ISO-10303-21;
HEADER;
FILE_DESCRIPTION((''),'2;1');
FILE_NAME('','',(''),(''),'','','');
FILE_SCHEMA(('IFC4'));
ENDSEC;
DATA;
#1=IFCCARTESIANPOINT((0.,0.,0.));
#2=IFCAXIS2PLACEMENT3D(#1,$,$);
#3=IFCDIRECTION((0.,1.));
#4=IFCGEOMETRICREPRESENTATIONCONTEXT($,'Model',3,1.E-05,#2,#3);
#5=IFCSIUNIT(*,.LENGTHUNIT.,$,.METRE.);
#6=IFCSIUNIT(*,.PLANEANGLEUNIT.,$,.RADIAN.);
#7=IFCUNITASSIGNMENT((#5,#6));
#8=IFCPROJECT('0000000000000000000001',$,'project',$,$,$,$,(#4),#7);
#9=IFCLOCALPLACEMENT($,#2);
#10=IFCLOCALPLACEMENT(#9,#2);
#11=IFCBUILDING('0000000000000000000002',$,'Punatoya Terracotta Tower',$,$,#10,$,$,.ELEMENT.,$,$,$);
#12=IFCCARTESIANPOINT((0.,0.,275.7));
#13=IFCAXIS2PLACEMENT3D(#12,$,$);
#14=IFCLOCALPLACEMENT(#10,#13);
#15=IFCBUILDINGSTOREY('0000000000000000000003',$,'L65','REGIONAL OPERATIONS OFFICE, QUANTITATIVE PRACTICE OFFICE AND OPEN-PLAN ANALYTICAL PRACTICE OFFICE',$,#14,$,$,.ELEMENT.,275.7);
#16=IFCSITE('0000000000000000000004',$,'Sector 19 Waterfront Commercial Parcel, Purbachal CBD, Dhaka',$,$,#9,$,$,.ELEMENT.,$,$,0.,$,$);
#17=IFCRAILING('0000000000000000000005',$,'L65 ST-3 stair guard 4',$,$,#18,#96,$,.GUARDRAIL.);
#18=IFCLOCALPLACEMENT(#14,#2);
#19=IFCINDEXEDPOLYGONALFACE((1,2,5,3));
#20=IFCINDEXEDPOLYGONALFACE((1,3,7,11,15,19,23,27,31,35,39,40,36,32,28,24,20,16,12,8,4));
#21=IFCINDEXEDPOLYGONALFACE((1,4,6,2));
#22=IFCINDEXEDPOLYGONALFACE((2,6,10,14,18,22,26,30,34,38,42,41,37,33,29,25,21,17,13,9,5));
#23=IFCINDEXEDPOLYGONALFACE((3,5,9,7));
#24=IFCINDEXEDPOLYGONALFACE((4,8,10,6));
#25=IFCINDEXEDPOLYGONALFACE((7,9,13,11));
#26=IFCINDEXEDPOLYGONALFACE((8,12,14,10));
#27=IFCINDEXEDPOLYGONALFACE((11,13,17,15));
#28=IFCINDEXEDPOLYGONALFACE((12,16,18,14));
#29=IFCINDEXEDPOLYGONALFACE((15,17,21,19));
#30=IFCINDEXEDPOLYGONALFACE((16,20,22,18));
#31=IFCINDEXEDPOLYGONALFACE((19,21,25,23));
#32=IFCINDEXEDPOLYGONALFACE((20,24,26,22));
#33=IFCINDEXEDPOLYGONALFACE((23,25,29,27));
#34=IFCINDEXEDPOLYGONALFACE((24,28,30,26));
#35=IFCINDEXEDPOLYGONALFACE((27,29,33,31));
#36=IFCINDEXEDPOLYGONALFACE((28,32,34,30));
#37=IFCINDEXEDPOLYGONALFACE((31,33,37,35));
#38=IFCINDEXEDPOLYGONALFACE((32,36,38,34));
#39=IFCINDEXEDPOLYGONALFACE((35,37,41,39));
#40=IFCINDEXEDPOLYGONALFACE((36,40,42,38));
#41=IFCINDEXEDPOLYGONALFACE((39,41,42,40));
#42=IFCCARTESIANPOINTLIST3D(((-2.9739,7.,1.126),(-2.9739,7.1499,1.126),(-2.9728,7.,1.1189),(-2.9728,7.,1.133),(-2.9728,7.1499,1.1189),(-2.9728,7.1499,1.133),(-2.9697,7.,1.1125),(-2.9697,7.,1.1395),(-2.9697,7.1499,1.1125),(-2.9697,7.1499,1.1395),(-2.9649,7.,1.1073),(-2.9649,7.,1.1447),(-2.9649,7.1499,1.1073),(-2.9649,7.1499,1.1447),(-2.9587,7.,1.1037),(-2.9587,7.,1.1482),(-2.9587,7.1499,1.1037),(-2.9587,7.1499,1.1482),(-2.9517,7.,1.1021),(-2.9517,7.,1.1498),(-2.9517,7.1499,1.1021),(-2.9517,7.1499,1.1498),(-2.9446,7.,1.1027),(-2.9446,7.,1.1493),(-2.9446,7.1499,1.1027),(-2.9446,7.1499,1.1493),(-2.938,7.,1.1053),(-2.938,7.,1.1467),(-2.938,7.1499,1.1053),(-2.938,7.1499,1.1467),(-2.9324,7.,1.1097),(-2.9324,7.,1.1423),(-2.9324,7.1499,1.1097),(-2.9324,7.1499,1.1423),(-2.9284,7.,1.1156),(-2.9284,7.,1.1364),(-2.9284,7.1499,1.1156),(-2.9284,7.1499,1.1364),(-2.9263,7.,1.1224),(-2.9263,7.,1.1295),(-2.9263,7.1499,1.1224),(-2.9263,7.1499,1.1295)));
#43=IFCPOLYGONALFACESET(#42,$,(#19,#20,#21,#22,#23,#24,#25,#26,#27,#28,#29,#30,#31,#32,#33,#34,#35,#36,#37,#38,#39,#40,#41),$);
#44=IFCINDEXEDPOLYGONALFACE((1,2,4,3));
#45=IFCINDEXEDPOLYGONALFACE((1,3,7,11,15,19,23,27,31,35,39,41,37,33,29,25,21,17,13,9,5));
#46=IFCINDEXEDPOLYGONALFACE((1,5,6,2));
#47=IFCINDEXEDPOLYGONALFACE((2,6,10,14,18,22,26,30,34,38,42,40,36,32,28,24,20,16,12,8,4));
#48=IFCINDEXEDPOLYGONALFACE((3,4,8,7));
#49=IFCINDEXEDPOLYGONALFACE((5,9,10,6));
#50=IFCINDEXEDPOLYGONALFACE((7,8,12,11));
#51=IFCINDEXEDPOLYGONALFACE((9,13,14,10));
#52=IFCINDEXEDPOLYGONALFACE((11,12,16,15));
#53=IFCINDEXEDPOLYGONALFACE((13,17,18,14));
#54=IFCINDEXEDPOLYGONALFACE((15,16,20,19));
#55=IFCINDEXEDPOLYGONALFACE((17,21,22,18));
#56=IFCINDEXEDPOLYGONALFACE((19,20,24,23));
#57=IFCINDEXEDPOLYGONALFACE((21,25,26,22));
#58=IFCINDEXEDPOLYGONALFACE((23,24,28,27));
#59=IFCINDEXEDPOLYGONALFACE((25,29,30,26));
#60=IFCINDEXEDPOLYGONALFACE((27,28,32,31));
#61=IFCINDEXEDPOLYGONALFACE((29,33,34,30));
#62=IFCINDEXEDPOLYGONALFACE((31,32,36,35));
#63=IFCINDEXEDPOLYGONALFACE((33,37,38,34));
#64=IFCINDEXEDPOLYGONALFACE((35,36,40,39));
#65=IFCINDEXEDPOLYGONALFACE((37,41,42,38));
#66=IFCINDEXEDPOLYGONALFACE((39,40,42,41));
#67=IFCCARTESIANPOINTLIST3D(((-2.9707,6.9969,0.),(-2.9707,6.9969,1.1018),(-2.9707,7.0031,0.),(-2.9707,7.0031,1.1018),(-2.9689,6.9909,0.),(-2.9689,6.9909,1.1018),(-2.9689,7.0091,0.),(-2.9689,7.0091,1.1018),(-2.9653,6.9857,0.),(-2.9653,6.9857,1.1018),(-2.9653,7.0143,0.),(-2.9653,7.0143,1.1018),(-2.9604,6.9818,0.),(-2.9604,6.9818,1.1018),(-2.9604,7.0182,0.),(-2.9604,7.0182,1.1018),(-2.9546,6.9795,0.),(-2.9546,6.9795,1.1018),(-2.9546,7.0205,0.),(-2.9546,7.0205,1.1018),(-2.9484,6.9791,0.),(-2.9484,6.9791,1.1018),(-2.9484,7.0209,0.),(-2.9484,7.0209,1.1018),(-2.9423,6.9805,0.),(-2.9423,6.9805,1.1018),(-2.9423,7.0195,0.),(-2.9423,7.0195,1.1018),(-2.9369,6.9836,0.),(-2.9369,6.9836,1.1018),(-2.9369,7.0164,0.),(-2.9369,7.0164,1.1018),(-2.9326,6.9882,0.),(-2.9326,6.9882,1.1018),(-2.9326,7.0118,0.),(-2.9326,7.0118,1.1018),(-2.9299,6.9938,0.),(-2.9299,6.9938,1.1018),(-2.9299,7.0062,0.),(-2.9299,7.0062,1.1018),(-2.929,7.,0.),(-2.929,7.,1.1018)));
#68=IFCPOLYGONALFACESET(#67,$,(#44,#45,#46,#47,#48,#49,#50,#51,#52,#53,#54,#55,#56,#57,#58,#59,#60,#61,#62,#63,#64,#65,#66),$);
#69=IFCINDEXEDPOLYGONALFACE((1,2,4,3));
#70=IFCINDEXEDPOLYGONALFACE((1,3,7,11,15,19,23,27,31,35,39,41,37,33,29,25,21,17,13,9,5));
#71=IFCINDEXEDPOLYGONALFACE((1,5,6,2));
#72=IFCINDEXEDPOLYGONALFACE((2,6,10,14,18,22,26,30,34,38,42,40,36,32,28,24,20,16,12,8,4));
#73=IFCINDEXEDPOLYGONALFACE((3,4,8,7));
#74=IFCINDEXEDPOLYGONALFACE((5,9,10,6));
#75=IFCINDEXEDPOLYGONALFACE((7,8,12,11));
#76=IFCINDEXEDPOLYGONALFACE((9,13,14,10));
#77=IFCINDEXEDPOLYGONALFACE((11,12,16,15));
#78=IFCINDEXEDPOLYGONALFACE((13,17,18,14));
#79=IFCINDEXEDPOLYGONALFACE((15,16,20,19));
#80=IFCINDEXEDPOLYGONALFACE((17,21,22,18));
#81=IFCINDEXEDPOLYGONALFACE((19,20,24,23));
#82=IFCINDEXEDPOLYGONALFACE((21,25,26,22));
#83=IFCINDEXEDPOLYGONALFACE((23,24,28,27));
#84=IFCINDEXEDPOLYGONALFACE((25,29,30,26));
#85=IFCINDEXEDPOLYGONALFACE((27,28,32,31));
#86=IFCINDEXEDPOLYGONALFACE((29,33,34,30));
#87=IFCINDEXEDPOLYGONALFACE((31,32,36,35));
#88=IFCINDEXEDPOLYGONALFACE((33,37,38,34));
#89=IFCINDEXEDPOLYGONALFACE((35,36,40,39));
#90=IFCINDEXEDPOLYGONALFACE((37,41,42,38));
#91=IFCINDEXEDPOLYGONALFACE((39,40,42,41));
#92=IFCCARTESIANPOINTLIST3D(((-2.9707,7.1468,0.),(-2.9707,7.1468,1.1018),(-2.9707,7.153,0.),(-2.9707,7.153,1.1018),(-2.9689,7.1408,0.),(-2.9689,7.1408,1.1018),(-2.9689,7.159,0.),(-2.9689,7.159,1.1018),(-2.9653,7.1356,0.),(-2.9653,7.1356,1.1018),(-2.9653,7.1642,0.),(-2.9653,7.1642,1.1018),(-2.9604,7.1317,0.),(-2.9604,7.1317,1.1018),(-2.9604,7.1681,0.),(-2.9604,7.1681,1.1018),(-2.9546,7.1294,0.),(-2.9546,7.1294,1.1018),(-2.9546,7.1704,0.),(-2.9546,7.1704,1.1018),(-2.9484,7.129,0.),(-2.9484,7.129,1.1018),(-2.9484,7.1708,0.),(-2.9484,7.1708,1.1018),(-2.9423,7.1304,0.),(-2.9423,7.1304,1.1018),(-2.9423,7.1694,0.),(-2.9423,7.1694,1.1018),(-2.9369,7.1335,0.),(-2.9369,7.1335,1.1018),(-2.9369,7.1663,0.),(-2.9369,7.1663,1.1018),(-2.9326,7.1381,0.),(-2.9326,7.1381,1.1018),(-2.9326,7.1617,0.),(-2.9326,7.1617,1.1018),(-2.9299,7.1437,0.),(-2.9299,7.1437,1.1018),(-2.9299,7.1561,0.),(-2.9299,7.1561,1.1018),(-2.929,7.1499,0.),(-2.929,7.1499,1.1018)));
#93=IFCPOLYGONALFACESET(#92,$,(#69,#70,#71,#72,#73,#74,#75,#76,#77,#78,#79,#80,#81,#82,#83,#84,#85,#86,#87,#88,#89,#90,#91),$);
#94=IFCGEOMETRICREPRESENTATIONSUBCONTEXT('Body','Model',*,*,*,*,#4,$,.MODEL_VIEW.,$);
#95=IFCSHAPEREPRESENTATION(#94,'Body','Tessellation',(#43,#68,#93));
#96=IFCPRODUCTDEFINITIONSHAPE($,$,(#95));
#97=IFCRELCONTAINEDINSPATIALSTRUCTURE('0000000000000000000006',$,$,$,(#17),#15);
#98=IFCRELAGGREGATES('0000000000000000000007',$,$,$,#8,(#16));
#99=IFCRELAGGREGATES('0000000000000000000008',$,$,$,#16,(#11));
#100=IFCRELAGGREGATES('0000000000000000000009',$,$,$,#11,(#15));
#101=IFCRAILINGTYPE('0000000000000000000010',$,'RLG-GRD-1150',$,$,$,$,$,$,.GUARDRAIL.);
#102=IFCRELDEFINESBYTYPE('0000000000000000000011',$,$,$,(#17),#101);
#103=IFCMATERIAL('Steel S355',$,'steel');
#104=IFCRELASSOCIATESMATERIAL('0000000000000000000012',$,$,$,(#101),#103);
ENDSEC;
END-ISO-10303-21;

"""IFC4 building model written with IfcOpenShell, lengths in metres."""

from ifc_helpers import new_model, si_unit, direction, frame, origin, origin_2d, place, context, subcontext, project, spatial, circle, extrude, material, type_object, element, save


model = new_model("IFC4")

# Units and contexts
model_context = context("Model", 3, precision=1e-05, world=origin(), true_north=direction((0.0, 1.0)))
body_context = subcontext(model_context, "Body", "Model", "MODEL_VIEW")
ifc_project = project(units=[si_unit("LENGTHUNIT", "METRE"), si_unit("PLANEANGLEUNIT", "RADIAN")], contexts=[model_context])

# Site, building, storey
site_placement = place(None, origin())
site = spatial("IfcSite", under=ifc_project, at=site_placement, Name="Sector 19 Waterfront Commercial Parcel, Purbachal CBD, Dhaka", CompositionType="ELEMENT", RefElevation=0.0)
building_placement = place(site_placement, origin())
building = spatial("IfcBuilding", under=site, at=building_placement, Name="Punatoya Terracotta Tower", CompositionType="ELEMENT")
storey_placement = place(building_placement, frame((0.0, 0.0, 275.7)))
storey = spatial("IfcBuildingStorey", under=building, at=storey_placement, Name="L65", Description="REGIONAL OPERATIONS OFFICE, QUANTITATIVE PRACTICE OFFICE AND OPEN-PLAN ANALYTICAL PRACTICE OFFICE", CompositionType="ELEMENT", Elevation=275.7)

# Shared definitions
ifc_material_1 = material(Name="Steel S355", Category="steel")

# Railing
railing_type_1 = type_object("IfcRailingType", Name="RLG-GRD-1150", PredefinedType="GUARDRAIL", material=ifc_material_1)
railing_1_placement = place(storey_placement, frame((-2.95, 7.0, 0.0)))
element("IfcRailing", 1, at=railing_1_placement, inside=storey, type_object=railing_type_1, Name="L65 ST-3 stair guard 4", PredefinedType="GUARDRAIL", context=body_context, shape_type="SweptSolid", body=[
    extrude(circle(Radius=0.0239, at=origin_2d()), frame((0.0, 0.0, 1.126), z_axis=(0.0, 1.0, 0.0), x_axis=(-1.0, 0.0, 0.0)), (0.0, 0.0, 1.0), 0.1499),
    extrude(circle(Radius=0.021, at=origin_2d()), origin(), (0.0, 0.0, 1.0), 1.1018),
    extrude(circle(Radius=0.021, at=origin_2d()), frame((0.0, 0.1499, 0.0)), (0.0, 0.0, 1.0), 1.1018),
])

save(model, "model.ifc")
